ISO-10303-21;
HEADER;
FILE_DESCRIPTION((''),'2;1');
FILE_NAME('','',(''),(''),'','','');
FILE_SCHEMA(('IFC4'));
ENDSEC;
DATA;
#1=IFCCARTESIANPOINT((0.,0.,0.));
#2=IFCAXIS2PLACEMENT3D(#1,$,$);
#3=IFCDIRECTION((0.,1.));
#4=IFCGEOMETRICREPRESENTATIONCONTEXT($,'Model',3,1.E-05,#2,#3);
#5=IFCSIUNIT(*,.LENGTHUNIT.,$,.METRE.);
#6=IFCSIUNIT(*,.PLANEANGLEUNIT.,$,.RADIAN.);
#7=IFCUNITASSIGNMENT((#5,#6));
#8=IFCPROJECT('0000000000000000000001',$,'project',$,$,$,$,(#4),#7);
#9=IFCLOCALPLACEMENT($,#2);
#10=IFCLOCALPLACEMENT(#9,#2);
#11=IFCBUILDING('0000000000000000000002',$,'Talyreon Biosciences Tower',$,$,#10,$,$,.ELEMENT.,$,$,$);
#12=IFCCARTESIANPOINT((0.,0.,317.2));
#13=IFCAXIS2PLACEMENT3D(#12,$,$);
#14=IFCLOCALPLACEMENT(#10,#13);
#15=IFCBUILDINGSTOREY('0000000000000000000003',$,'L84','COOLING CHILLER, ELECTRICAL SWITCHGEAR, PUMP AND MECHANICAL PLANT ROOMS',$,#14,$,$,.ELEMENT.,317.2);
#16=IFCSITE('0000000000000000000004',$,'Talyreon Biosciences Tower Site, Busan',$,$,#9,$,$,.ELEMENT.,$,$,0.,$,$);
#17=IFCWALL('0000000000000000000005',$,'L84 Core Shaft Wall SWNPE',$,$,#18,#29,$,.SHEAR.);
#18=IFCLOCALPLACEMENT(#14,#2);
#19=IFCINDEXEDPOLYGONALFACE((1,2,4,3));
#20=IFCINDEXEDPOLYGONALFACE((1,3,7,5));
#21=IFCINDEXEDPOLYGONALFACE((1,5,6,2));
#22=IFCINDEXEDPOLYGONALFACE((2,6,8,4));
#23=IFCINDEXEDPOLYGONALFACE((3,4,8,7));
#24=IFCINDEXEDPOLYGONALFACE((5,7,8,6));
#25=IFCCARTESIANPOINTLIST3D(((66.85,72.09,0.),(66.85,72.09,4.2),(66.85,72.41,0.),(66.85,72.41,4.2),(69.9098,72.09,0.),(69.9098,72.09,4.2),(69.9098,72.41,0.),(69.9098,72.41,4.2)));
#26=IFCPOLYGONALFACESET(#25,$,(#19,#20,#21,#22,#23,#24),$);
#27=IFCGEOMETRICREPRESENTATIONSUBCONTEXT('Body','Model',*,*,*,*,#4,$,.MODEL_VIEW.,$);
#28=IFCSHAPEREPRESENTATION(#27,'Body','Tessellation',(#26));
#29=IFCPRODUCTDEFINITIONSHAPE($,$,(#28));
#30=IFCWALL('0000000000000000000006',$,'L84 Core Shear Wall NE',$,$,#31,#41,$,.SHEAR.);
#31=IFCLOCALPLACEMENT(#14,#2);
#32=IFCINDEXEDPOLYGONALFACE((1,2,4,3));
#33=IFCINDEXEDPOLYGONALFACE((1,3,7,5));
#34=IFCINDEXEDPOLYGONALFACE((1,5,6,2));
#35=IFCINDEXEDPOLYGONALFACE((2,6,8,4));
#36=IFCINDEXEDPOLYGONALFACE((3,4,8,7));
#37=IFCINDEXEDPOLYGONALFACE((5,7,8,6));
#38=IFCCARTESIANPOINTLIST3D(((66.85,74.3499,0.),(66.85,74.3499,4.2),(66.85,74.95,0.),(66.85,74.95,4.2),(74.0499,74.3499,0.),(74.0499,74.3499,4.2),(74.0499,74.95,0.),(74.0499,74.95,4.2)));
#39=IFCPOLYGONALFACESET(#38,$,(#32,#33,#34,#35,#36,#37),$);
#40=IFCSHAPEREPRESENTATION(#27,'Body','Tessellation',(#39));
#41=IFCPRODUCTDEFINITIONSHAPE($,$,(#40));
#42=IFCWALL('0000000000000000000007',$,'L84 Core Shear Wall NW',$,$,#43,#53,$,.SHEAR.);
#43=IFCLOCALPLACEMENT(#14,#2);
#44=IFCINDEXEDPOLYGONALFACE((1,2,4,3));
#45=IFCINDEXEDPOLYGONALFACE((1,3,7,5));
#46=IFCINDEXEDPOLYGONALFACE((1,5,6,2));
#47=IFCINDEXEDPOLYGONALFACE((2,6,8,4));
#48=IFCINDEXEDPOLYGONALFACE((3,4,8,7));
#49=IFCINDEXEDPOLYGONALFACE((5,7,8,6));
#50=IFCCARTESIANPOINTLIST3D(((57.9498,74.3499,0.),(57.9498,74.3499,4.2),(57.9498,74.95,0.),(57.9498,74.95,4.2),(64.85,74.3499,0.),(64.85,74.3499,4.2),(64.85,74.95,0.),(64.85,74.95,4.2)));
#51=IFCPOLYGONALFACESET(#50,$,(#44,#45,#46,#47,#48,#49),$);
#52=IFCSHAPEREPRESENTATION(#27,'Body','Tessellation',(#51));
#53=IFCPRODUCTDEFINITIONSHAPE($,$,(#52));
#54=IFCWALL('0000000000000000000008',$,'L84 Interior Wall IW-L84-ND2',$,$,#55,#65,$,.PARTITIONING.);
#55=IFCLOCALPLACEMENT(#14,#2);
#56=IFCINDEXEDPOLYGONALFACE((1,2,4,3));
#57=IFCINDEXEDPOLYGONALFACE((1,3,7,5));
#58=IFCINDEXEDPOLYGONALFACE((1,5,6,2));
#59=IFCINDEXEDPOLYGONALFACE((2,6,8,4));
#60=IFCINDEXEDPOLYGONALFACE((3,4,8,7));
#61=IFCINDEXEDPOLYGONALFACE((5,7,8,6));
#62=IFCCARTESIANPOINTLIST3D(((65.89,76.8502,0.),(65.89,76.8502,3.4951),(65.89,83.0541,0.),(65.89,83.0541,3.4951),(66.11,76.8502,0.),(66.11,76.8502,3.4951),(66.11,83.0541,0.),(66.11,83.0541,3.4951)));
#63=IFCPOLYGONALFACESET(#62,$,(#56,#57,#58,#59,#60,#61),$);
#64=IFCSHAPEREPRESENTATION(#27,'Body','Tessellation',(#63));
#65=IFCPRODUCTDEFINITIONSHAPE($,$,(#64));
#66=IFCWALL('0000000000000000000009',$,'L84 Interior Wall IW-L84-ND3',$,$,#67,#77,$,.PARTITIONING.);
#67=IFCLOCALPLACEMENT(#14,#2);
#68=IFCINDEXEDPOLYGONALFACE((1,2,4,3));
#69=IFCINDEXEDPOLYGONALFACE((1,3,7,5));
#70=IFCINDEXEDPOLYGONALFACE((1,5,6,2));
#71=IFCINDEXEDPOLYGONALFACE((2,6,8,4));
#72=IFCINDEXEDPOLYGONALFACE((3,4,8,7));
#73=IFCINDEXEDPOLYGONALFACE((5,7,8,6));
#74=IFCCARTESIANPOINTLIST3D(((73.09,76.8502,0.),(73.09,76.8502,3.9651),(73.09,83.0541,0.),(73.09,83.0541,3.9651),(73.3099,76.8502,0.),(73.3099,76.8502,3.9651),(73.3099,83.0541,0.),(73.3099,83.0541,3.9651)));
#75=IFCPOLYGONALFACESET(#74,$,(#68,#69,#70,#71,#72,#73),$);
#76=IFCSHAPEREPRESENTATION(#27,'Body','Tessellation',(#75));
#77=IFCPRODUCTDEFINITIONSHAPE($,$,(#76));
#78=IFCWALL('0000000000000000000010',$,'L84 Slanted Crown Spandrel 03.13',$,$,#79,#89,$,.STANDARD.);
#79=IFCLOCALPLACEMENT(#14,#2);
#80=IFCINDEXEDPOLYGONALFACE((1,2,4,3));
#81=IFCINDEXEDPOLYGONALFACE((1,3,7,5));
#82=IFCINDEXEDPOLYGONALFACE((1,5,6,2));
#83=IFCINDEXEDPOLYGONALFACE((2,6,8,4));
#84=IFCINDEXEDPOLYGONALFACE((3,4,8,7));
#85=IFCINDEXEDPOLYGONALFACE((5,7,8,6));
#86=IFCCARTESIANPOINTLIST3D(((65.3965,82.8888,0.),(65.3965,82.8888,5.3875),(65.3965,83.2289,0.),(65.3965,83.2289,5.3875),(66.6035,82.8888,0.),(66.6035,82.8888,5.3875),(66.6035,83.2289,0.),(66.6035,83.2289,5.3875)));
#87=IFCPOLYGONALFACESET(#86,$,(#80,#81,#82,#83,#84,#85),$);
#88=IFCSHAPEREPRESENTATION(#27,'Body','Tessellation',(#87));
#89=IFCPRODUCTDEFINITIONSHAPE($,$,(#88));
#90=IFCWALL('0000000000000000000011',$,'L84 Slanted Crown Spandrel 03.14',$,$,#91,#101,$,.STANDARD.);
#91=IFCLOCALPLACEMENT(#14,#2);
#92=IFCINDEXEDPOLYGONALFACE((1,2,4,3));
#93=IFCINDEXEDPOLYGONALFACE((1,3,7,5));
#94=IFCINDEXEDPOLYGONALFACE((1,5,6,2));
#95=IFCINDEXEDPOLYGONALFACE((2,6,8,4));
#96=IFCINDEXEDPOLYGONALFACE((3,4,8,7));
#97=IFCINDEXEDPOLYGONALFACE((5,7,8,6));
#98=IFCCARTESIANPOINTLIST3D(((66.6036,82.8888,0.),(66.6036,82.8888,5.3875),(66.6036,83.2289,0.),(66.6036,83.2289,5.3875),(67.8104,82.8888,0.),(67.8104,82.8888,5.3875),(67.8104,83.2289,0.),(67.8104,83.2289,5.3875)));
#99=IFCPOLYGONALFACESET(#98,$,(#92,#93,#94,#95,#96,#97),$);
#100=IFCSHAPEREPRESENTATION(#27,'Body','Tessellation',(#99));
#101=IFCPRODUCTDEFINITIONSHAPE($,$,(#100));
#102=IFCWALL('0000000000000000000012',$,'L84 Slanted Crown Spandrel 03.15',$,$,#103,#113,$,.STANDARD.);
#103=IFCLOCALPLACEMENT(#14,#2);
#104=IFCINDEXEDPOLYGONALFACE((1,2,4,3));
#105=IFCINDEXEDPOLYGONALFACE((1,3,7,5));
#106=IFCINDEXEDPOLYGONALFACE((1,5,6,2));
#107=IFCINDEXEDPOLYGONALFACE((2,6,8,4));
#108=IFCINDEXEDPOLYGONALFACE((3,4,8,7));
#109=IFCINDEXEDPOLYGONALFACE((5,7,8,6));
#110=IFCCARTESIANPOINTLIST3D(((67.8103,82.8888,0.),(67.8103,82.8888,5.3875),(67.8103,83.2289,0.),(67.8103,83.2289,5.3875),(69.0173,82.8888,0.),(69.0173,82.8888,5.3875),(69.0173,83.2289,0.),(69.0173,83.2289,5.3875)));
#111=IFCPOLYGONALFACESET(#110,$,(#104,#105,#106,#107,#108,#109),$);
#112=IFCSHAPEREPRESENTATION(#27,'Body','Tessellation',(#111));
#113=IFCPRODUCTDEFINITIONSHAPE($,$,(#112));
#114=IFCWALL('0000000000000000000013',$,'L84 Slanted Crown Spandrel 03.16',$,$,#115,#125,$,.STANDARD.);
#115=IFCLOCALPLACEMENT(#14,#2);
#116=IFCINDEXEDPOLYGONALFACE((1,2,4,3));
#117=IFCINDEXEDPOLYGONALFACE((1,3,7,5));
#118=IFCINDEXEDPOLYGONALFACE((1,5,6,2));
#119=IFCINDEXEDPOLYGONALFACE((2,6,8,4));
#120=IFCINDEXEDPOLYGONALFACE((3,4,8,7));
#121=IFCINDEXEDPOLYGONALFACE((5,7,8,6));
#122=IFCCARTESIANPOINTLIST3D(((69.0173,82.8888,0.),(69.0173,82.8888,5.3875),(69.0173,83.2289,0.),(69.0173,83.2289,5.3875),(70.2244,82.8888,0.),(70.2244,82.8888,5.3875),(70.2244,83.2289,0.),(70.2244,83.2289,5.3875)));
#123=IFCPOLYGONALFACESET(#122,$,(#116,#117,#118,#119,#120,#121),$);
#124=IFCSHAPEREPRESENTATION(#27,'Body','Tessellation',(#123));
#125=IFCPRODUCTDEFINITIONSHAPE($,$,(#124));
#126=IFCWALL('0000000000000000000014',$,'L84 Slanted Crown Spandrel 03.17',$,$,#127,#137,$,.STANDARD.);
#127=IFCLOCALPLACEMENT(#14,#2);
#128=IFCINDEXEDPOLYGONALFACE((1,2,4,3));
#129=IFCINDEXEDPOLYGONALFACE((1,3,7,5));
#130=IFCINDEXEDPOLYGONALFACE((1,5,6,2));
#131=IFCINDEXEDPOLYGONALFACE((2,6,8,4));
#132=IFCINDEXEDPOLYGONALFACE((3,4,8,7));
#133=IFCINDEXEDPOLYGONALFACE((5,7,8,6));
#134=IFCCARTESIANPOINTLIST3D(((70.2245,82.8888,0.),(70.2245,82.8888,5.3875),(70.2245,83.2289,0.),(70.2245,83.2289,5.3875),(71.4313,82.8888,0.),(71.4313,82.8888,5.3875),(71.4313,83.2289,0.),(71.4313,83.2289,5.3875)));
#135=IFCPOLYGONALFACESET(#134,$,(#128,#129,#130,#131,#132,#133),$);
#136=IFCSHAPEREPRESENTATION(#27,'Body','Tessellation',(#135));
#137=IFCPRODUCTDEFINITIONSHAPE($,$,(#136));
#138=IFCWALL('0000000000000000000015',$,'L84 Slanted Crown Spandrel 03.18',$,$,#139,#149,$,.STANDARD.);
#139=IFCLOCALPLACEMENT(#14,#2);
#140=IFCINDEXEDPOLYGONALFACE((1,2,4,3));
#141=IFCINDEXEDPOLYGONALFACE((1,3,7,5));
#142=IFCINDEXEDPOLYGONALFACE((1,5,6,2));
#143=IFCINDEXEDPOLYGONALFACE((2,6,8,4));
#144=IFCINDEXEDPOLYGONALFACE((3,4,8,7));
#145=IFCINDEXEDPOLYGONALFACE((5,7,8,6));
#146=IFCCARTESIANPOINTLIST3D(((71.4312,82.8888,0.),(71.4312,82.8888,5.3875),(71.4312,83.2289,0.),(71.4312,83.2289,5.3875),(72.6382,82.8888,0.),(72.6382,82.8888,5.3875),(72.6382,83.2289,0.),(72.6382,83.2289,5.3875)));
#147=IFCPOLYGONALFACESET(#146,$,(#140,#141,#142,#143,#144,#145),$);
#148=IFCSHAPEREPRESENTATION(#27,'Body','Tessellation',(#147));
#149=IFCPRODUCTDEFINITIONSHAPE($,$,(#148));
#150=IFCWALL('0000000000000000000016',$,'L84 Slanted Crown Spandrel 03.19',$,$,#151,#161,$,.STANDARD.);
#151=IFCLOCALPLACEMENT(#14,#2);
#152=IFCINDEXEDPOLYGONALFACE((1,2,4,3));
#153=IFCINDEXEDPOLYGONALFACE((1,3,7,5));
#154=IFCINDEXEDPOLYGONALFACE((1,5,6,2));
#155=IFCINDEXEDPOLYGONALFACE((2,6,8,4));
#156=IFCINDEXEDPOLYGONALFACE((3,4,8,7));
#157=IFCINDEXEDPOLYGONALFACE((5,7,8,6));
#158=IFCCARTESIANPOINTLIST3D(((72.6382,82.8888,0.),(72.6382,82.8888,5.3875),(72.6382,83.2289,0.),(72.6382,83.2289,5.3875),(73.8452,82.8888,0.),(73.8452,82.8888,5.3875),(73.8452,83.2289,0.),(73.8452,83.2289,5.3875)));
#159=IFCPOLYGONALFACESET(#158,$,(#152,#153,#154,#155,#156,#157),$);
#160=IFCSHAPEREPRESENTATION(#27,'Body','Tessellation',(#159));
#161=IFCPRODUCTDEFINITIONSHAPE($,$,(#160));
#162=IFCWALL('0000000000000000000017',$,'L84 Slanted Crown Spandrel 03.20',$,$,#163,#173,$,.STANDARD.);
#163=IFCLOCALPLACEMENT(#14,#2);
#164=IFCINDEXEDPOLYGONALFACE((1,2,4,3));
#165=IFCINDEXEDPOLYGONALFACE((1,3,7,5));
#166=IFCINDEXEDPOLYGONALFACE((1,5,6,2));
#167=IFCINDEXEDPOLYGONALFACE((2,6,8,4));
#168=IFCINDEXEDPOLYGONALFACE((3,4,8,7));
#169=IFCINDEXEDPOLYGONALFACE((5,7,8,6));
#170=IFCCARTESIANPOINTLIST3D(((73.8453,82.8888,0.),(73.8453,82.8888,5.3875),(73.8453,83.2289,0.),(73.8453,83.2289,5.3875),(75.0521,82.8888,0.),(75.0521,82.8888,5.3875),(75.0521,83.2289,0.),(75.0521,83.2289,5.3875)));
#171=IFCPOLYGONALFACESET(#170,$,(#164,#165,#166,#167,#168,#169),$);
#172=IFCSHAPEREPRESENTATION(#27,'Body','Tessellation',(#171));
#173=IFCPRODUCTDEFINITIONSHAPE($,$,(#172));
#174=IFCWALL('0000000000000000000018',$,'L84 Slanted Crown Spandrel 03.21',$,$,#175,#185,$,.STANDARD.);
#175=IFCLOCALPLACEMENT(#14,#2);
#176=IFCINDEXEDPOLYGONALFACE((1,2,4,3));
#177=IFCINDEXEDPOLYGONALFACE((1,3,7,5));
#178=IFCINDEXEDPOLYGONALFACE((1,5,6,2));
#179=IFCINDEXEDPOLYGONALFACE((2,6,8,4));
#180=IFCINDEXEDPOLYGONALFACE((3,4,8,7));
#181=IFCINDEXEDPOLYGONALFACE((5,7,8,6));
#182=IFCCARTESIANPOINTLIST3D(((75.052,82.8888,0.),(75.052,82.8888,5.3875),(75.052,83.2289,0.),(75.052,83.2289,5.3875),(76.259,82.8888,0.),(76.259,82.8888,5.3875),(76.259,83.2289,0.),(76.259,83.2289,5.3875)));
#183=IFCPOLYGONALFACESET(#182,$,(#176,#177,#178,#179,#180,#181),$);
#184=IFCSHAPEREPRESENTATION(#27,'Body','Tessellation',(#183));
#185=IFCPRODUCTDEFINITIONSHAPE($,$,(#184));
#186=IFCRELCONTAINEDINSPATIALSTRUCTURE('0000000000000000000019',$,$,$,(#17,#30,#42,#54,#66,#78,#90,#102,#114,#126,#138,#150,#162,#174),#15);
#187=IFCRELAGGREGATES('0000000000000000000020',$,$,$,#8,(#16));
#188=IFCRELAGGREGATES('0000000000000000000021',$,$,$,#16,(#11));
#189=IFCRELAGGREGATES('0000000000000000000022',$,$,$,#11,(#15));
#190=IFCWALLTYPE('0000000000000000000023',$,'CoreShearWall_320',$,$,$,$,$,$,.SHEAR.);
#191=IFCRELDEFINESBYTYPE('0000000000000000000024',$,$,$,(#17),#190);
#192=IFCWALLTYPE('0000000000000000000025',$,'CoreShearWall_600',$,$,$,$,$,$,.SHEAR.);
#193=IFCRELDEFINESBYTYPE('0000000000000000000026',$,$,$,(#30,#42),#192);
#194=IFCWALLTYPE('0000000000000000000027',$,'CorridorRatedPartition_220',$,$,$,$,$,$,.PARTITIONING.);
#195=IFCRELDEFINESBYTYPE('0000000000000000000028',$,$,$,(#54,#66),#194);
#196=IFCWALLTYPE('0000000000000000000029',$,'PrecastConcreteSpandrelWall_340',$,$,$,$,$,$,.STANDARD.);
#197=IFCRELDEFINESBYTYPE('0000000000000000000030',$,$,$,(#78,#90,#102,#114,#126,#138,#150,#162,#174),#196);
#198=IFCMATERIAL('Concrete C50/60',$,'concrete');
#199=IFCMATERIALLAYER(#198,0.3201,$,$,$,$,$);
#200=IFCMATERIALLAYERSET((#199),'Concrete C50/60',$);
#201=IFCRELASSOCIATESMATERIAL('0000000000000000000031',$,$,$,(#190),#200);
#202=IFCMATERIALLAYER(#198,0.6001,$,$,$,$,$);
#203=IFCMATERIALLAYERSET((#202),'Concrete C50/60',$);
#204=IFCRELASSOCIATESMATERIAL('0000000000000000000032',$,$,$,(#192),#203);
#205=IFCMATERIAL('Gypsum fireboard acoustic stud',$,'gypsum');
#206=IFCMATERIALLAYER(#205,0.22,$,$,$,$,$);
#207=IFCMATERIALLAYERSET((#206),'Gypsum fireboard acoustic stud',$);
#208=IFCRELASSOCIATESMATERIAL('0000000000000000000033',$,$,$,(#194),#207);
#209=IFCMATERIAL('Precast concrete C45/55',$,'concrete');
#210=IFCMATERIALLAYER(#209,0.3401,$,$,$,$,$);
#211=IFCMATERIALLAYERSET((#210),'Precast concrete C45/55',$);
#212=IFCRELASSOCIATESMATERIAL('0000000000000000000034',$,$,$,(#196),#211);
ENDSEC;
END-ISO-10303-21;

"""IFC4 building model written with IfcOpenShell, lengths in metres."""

from ifc_helpers import new_model, si_unit, direction, frame, frame_2d, origin, place, context, subcontext, project, spatial, rectangle, extrude, material, layer, layer_set, type_object, element, save


model = new_model("IFC4")

# Units and contexts
model_context = context("Model", 3, precision=1e-05, world=origin(), true_north=direction((0.0, 1.0)))
body_context = subcontext(model_context, "Body", "Model", "MODEL_VIEW")
ifc_project = project(units=[si_unit("LENGTHUNIT", "METRE"), si_unit("PLANEANGLEUNIT", "RADIAN")], contexts=[model_context])

# Site, building, storey
site_placement = place(None, origin())
site = spatial("IfcSite", under=ifc_project, at=site_placement, Name="Talyreon Biosciences Tower Site, Busan", CompositionType="ELEMENT", RefElevation=0.0)
building_placement = place(site_placement, origin())
building = spatial("IfcBuilding", under=site, at=building_placement, Name="Talyreon Biosciences Tower", CompositionType="ELEMENT")
storey_placement = place(building_placement, frame((0.0, 0.0, 317.2)))
storey = spatial("IfcBuildingStorey", under=building, at=storey_placement, Name="L84", Description="COOLING CHILLER, ELECTRICAL SWITCHGEAR, PUMP AND MECHANICAL PLANT ROOMS", CompositionType="ELEMENT", Elevation=317.2)

# Shared definitions
ifc_material_1 = material(Name="Concrete C50/60", Category="concrete")

# Walls
ifc_layer_1 = layer(ifc_material_1, 0.3201)
ifc_layer_set_1 = layer_set([ifc_layer_1], Name="Concrete C50/60")
wall_type_1 = type_object("IfcWallType", Name="CoreShearWall_320", PredefinedType="SHEAR", material=ifc_layer_set_1)
wall_1_placement = place(storey_placement, frame((66.8501, 72.25, 0.0), z_axis=(0.0, 0.0, 1.0), x_axis=(1.0, 0.0, 0.0)))
element("IfcWall", 1, at=wall_1_placement, inside=storey, type_object=wall_type_1, Name="L84 Core Shaft Wall SWNPE", PredefinedType="SHEAR", context=body_context, shape_type="SweptSolid", body=[
    extrude(rectangle(XDim=3.0598, YDim=0.3201, at=frame_2d((1.5298, 0.0))), origin(), (0.0, 0.0, 1.0), 4.2),
])
ifc_layer_2 = layer(ifc_material_1, 0.6001)
ifc_layer_set_2 = layer_set([ifc_layer_2], Name="Concrete C50/60")
wall_type_2 = type_object("IfcWallType", Name="CoreShearWall_600", PredefinedType="SHEAR", material=ifc_layer_set_2)
wall_2_placement = place(storey_placement, frame((74.05, 74.6499, 0.0), z_axis=(0.0, 0.0, 1.0), x_axis=(-1.0, 0.0, 0.0)))
element("IfcWall", 2, at=wall_2_placement, inside=storey, type_object=wall_type_2, Name="L84 Core Shear Wall NE", PredefinedType="SHEAR", context=body_context, shape_type="SweptSolid", body=[
    extrude(rectangle(XDim=7.2, YDim=0.6001, at=frame_2d((3.6001, 0.0))), origin(), (0.0, 0.0, 1.0), 4.2),
])
wall_3_placement = place(storey_placement, frame((64.8501, 74.6499, 0.0), z_axis=(0.0, 0.0, 1.0), x_axis=(-1.0, 0.0, 0.0)))
element("IfcWall", 3, at=wall_3_placement, inside=storey, type_object=wall_type_2, Name="L84 Core Shear Wall NW", PredefinedType="SHEAR", context=body_context, shape_type="SweptSolid", body=[
    extrude(rectangle(XDim=6.9001, YDim=0.6001, at=frame_2d((3.4502, 0.0))), origin(), (0.0, 0.0, 1.0), 4.2),
])
ifc_material_2 = material(Name="Gypsum fireboard acoustic stud", Category="gypsum")
ifc_layer_3 = layer(ifc_material_2, 0.22)
ifc_layer_set_3 = layer_set([ifc_layer_3], Name="Gypsum fireboard acoustic stud")
wall_type_3 = type_object("IfcWallType", Name="CorridorRatedPartition_220", PredefinedType="PARTITIONING", material=ifc_layer_set_3)
wall_4_placement = place(storey_placement, frame((66.0, 76.8501, 0.0), z_axis=(0.0, 0.0, 1.0), x_axis=(0.0, 1.0, 0.0)))
element("IfcWall", 4, at=wall_4_placement, inside=storey, type_object=wall_type_3, Name="L84 Interior Wall IW-L84-ND2", PredefinedType="PARTITIONING", context=body_context, shape_type="SweptSolid", body=[
    extrude(rectangle(XDim=6.2039, YDim=0.22, at=frame_2d((3.1021, 0.0))), origin(), (0.0, 0.0, 1.0), 3.4951),
])
wall_5_placement = place(storey_placement, frame((73.2, 76.8501, 0.0), z_axis=(0.0, 0.0, 1.0), x_axis=(0.0, 1.0, 0.0)))
element("IfcWall", 5, at=wall_5_placement, inside=storey, type_object=wall_type_3, Name="L84 Interior Wall IW-L84-ND3", PredefinedType="PARTITIONING", context=body_context, shape_type="SweptSolid", body=[
    extrude(rectangle(XDim=6.2039, YDim=0.22, at=frame_2d((3.1021, 0.0))), origin(), (0.0, 0.0, 1.0), 3.9651),
])
ifc_material_3 = material(Name="Precast concrete C45/55", Category="concrete")
ifc_layer_4 = layer(ifc_material_3, 0.3401)
ifc_layer_set_4 = layer_set([ifc_layer_4], Name="Precast concrete C45/55")
wall_type_4 = type_object("IfcWallType", Name="PrecastConcreteSpandrelWall_340", PredefinedType="STANDARD", material=ifc_layer_set_4)
wall_6_placement = place(storey_placement, frame((65.3965, 83.0588, 0.0), z_axis=(0.0, 0.0, 1.0), x_axis=(1.0, 0.0, 0.0)))
element("IfcWall", 6, at=wall_6_placement, inside=storey, type_object=wall_type_4, Name="L84 Slanted Crown Spandrel 03.13", PredefinedType="STANDARD", context=body_context, shape_type="SweptSolid", body=[
    extrude(rectangle(XDim=1.207, YDim=0.3401, at=frame_2d((0.6035, 0.0))), origin(), (0.0, 0.0, 1.0), 5.3875),
])
wall_7_placement = place(storey_placement, frame((66.6035, 83.0588, 0.0), z_axis=(0.0, 0.0, 1.0), x_axis=(1.0, 0.0, 0.0)))
element("IfcWall", 7, at=wall_7_placement, inside=storey, type_object=wall_type_4, Name="L84 Slanted Crown Spandrel 03.14", PredefinedType="STANDARD", context=body_context, shape_type="SweptSolid", body=[
    extrude(rectangle(XDim=1.2068, YDim=0.3401, at=frame_2d((0.6035, 0.0))), origin(), (0.0, 0.0, 1.0), 5.3875),
])
for number, where, z_axis, x_axis, name in (
    (8, (67.8103, 83.0588, 0.0), (0.0, 0.0, 1.0), (1.0, 0.0, 0.0), "L84 Slanted Crown Spandrel 03.15"),
    (9, (69.0173, 83.0588, 0.0), (0.0, 0.0, 1.0), (1.0, 0.0, 0.0), "L84 Slanted Crown Spandrel 03.16"),
):
    element("IfcWall", number, at=place(storey_placement, frame(where, z_axis=z_axis, x_axis=x_axis)), inside=storey, type_object=wall_type_4, Name=name, PredefinedType="STANDARD", context=body_context, shape_type="SweptSolid", body=[
        extrude(rectangle(XDim=1.207, YDim=0.3401, at=frame_2d((0.6035, 0.0))), origin(), (0.0, 0.0, 1.0), 5.3875),
    ])
wall_8_placement = place(storey_placement, frame((70.2244, 83.0588, 0.0), z_axis=(0.0, 0.0, 1.0), x_axis=(1.0, 0.0, 0.0)))
element("IfcWall", 10, at=wall_8_placement, inside=storey, type_object=wall_type_4, Name="L84 Slanted Crown Spandrel 03.17", PredefinedType="STANDARD", context=body_context, shape_type="SweptSolid", body=[
    extrude(rectangle(XDim=1.2068, YDim=0.3401, at=frame_2d((0.6035, 0.0))), origin(), (0.0, 0.0, 1.0), 5.3875),
])
for number, where, z_axis, x_axis, name in (
    (11, (71.4312, 83.0588, 0.0), (0.0, 0.0, 1.0), (1.0, 0.0, 0.0), "L84 Slanted Crown Spandrel 03.18"),
    (12, (72.6382, 83.0588, 0.0), (0.0, 0.0, 1.0), (1.0, 0.0, 0.0), "L84 Slanted Crown Spandrel 03.19"),
):
    element("IfcWall", number, at=place(storey_placement, frame(where, z_axis=z_axis, x_axis=x_axis)), inside=storey, type_object=wall_type_4, Name=name, PredefinedType="STANDARD", context=body_context, shape_type="SweptSolid", body=[
        extrude(rectangle(XDim=1.207, YDim=0.3401, at=frame_2d((0.6035, 0.0))), origin(), (0.0, 0.0, 1.0), 5.3875),
    ])
wall_9_placement = place(storey_placement, frame((73.8452, 83.0588, 0.0), z_axis=(0.0, 0.0, 1.0), x_axis=(1.0, 0.0, 0.0)))
element("IfcWall", 13, at=wall_9_placement, inside=storey, type_object=wall_type_4, Name="L84 Slanted Crown Spandrel 03.20", PredefinedType="STANDARD", context=body_context, shape_type="SweptSolid", body=[
    extrude(rectangle(XDim=1.2068, YDim=0.3401, at=frame_2d((0.6035, 0.0))), origin(), (0.0, 0.0, 1.0), 5.3875),
])
wall_10_placement = place(storey_placement, frame((75.052, 83.0588, 0.0), z_axis=(0.0, 0.0, 1.0), x_axis=(1.0, 0.0, 0.0)))
element("IfcWall", 14, at=wall_10_placement, inside=storey, type_object=wall_type_4, Name="L84 Slanted Crown Spandrel 03.21", PredefinedType="STANDARD", context=body_context, shape_type="SweptSolid", body=[
    extrude(rectangle(XDim=1.207, YDim=0.3401, at=frame_2d((0.6035, 0.0))), origin(), (0.0, 0.0, 1.0), 5.3875),
])

save(model, "model.ifc")
